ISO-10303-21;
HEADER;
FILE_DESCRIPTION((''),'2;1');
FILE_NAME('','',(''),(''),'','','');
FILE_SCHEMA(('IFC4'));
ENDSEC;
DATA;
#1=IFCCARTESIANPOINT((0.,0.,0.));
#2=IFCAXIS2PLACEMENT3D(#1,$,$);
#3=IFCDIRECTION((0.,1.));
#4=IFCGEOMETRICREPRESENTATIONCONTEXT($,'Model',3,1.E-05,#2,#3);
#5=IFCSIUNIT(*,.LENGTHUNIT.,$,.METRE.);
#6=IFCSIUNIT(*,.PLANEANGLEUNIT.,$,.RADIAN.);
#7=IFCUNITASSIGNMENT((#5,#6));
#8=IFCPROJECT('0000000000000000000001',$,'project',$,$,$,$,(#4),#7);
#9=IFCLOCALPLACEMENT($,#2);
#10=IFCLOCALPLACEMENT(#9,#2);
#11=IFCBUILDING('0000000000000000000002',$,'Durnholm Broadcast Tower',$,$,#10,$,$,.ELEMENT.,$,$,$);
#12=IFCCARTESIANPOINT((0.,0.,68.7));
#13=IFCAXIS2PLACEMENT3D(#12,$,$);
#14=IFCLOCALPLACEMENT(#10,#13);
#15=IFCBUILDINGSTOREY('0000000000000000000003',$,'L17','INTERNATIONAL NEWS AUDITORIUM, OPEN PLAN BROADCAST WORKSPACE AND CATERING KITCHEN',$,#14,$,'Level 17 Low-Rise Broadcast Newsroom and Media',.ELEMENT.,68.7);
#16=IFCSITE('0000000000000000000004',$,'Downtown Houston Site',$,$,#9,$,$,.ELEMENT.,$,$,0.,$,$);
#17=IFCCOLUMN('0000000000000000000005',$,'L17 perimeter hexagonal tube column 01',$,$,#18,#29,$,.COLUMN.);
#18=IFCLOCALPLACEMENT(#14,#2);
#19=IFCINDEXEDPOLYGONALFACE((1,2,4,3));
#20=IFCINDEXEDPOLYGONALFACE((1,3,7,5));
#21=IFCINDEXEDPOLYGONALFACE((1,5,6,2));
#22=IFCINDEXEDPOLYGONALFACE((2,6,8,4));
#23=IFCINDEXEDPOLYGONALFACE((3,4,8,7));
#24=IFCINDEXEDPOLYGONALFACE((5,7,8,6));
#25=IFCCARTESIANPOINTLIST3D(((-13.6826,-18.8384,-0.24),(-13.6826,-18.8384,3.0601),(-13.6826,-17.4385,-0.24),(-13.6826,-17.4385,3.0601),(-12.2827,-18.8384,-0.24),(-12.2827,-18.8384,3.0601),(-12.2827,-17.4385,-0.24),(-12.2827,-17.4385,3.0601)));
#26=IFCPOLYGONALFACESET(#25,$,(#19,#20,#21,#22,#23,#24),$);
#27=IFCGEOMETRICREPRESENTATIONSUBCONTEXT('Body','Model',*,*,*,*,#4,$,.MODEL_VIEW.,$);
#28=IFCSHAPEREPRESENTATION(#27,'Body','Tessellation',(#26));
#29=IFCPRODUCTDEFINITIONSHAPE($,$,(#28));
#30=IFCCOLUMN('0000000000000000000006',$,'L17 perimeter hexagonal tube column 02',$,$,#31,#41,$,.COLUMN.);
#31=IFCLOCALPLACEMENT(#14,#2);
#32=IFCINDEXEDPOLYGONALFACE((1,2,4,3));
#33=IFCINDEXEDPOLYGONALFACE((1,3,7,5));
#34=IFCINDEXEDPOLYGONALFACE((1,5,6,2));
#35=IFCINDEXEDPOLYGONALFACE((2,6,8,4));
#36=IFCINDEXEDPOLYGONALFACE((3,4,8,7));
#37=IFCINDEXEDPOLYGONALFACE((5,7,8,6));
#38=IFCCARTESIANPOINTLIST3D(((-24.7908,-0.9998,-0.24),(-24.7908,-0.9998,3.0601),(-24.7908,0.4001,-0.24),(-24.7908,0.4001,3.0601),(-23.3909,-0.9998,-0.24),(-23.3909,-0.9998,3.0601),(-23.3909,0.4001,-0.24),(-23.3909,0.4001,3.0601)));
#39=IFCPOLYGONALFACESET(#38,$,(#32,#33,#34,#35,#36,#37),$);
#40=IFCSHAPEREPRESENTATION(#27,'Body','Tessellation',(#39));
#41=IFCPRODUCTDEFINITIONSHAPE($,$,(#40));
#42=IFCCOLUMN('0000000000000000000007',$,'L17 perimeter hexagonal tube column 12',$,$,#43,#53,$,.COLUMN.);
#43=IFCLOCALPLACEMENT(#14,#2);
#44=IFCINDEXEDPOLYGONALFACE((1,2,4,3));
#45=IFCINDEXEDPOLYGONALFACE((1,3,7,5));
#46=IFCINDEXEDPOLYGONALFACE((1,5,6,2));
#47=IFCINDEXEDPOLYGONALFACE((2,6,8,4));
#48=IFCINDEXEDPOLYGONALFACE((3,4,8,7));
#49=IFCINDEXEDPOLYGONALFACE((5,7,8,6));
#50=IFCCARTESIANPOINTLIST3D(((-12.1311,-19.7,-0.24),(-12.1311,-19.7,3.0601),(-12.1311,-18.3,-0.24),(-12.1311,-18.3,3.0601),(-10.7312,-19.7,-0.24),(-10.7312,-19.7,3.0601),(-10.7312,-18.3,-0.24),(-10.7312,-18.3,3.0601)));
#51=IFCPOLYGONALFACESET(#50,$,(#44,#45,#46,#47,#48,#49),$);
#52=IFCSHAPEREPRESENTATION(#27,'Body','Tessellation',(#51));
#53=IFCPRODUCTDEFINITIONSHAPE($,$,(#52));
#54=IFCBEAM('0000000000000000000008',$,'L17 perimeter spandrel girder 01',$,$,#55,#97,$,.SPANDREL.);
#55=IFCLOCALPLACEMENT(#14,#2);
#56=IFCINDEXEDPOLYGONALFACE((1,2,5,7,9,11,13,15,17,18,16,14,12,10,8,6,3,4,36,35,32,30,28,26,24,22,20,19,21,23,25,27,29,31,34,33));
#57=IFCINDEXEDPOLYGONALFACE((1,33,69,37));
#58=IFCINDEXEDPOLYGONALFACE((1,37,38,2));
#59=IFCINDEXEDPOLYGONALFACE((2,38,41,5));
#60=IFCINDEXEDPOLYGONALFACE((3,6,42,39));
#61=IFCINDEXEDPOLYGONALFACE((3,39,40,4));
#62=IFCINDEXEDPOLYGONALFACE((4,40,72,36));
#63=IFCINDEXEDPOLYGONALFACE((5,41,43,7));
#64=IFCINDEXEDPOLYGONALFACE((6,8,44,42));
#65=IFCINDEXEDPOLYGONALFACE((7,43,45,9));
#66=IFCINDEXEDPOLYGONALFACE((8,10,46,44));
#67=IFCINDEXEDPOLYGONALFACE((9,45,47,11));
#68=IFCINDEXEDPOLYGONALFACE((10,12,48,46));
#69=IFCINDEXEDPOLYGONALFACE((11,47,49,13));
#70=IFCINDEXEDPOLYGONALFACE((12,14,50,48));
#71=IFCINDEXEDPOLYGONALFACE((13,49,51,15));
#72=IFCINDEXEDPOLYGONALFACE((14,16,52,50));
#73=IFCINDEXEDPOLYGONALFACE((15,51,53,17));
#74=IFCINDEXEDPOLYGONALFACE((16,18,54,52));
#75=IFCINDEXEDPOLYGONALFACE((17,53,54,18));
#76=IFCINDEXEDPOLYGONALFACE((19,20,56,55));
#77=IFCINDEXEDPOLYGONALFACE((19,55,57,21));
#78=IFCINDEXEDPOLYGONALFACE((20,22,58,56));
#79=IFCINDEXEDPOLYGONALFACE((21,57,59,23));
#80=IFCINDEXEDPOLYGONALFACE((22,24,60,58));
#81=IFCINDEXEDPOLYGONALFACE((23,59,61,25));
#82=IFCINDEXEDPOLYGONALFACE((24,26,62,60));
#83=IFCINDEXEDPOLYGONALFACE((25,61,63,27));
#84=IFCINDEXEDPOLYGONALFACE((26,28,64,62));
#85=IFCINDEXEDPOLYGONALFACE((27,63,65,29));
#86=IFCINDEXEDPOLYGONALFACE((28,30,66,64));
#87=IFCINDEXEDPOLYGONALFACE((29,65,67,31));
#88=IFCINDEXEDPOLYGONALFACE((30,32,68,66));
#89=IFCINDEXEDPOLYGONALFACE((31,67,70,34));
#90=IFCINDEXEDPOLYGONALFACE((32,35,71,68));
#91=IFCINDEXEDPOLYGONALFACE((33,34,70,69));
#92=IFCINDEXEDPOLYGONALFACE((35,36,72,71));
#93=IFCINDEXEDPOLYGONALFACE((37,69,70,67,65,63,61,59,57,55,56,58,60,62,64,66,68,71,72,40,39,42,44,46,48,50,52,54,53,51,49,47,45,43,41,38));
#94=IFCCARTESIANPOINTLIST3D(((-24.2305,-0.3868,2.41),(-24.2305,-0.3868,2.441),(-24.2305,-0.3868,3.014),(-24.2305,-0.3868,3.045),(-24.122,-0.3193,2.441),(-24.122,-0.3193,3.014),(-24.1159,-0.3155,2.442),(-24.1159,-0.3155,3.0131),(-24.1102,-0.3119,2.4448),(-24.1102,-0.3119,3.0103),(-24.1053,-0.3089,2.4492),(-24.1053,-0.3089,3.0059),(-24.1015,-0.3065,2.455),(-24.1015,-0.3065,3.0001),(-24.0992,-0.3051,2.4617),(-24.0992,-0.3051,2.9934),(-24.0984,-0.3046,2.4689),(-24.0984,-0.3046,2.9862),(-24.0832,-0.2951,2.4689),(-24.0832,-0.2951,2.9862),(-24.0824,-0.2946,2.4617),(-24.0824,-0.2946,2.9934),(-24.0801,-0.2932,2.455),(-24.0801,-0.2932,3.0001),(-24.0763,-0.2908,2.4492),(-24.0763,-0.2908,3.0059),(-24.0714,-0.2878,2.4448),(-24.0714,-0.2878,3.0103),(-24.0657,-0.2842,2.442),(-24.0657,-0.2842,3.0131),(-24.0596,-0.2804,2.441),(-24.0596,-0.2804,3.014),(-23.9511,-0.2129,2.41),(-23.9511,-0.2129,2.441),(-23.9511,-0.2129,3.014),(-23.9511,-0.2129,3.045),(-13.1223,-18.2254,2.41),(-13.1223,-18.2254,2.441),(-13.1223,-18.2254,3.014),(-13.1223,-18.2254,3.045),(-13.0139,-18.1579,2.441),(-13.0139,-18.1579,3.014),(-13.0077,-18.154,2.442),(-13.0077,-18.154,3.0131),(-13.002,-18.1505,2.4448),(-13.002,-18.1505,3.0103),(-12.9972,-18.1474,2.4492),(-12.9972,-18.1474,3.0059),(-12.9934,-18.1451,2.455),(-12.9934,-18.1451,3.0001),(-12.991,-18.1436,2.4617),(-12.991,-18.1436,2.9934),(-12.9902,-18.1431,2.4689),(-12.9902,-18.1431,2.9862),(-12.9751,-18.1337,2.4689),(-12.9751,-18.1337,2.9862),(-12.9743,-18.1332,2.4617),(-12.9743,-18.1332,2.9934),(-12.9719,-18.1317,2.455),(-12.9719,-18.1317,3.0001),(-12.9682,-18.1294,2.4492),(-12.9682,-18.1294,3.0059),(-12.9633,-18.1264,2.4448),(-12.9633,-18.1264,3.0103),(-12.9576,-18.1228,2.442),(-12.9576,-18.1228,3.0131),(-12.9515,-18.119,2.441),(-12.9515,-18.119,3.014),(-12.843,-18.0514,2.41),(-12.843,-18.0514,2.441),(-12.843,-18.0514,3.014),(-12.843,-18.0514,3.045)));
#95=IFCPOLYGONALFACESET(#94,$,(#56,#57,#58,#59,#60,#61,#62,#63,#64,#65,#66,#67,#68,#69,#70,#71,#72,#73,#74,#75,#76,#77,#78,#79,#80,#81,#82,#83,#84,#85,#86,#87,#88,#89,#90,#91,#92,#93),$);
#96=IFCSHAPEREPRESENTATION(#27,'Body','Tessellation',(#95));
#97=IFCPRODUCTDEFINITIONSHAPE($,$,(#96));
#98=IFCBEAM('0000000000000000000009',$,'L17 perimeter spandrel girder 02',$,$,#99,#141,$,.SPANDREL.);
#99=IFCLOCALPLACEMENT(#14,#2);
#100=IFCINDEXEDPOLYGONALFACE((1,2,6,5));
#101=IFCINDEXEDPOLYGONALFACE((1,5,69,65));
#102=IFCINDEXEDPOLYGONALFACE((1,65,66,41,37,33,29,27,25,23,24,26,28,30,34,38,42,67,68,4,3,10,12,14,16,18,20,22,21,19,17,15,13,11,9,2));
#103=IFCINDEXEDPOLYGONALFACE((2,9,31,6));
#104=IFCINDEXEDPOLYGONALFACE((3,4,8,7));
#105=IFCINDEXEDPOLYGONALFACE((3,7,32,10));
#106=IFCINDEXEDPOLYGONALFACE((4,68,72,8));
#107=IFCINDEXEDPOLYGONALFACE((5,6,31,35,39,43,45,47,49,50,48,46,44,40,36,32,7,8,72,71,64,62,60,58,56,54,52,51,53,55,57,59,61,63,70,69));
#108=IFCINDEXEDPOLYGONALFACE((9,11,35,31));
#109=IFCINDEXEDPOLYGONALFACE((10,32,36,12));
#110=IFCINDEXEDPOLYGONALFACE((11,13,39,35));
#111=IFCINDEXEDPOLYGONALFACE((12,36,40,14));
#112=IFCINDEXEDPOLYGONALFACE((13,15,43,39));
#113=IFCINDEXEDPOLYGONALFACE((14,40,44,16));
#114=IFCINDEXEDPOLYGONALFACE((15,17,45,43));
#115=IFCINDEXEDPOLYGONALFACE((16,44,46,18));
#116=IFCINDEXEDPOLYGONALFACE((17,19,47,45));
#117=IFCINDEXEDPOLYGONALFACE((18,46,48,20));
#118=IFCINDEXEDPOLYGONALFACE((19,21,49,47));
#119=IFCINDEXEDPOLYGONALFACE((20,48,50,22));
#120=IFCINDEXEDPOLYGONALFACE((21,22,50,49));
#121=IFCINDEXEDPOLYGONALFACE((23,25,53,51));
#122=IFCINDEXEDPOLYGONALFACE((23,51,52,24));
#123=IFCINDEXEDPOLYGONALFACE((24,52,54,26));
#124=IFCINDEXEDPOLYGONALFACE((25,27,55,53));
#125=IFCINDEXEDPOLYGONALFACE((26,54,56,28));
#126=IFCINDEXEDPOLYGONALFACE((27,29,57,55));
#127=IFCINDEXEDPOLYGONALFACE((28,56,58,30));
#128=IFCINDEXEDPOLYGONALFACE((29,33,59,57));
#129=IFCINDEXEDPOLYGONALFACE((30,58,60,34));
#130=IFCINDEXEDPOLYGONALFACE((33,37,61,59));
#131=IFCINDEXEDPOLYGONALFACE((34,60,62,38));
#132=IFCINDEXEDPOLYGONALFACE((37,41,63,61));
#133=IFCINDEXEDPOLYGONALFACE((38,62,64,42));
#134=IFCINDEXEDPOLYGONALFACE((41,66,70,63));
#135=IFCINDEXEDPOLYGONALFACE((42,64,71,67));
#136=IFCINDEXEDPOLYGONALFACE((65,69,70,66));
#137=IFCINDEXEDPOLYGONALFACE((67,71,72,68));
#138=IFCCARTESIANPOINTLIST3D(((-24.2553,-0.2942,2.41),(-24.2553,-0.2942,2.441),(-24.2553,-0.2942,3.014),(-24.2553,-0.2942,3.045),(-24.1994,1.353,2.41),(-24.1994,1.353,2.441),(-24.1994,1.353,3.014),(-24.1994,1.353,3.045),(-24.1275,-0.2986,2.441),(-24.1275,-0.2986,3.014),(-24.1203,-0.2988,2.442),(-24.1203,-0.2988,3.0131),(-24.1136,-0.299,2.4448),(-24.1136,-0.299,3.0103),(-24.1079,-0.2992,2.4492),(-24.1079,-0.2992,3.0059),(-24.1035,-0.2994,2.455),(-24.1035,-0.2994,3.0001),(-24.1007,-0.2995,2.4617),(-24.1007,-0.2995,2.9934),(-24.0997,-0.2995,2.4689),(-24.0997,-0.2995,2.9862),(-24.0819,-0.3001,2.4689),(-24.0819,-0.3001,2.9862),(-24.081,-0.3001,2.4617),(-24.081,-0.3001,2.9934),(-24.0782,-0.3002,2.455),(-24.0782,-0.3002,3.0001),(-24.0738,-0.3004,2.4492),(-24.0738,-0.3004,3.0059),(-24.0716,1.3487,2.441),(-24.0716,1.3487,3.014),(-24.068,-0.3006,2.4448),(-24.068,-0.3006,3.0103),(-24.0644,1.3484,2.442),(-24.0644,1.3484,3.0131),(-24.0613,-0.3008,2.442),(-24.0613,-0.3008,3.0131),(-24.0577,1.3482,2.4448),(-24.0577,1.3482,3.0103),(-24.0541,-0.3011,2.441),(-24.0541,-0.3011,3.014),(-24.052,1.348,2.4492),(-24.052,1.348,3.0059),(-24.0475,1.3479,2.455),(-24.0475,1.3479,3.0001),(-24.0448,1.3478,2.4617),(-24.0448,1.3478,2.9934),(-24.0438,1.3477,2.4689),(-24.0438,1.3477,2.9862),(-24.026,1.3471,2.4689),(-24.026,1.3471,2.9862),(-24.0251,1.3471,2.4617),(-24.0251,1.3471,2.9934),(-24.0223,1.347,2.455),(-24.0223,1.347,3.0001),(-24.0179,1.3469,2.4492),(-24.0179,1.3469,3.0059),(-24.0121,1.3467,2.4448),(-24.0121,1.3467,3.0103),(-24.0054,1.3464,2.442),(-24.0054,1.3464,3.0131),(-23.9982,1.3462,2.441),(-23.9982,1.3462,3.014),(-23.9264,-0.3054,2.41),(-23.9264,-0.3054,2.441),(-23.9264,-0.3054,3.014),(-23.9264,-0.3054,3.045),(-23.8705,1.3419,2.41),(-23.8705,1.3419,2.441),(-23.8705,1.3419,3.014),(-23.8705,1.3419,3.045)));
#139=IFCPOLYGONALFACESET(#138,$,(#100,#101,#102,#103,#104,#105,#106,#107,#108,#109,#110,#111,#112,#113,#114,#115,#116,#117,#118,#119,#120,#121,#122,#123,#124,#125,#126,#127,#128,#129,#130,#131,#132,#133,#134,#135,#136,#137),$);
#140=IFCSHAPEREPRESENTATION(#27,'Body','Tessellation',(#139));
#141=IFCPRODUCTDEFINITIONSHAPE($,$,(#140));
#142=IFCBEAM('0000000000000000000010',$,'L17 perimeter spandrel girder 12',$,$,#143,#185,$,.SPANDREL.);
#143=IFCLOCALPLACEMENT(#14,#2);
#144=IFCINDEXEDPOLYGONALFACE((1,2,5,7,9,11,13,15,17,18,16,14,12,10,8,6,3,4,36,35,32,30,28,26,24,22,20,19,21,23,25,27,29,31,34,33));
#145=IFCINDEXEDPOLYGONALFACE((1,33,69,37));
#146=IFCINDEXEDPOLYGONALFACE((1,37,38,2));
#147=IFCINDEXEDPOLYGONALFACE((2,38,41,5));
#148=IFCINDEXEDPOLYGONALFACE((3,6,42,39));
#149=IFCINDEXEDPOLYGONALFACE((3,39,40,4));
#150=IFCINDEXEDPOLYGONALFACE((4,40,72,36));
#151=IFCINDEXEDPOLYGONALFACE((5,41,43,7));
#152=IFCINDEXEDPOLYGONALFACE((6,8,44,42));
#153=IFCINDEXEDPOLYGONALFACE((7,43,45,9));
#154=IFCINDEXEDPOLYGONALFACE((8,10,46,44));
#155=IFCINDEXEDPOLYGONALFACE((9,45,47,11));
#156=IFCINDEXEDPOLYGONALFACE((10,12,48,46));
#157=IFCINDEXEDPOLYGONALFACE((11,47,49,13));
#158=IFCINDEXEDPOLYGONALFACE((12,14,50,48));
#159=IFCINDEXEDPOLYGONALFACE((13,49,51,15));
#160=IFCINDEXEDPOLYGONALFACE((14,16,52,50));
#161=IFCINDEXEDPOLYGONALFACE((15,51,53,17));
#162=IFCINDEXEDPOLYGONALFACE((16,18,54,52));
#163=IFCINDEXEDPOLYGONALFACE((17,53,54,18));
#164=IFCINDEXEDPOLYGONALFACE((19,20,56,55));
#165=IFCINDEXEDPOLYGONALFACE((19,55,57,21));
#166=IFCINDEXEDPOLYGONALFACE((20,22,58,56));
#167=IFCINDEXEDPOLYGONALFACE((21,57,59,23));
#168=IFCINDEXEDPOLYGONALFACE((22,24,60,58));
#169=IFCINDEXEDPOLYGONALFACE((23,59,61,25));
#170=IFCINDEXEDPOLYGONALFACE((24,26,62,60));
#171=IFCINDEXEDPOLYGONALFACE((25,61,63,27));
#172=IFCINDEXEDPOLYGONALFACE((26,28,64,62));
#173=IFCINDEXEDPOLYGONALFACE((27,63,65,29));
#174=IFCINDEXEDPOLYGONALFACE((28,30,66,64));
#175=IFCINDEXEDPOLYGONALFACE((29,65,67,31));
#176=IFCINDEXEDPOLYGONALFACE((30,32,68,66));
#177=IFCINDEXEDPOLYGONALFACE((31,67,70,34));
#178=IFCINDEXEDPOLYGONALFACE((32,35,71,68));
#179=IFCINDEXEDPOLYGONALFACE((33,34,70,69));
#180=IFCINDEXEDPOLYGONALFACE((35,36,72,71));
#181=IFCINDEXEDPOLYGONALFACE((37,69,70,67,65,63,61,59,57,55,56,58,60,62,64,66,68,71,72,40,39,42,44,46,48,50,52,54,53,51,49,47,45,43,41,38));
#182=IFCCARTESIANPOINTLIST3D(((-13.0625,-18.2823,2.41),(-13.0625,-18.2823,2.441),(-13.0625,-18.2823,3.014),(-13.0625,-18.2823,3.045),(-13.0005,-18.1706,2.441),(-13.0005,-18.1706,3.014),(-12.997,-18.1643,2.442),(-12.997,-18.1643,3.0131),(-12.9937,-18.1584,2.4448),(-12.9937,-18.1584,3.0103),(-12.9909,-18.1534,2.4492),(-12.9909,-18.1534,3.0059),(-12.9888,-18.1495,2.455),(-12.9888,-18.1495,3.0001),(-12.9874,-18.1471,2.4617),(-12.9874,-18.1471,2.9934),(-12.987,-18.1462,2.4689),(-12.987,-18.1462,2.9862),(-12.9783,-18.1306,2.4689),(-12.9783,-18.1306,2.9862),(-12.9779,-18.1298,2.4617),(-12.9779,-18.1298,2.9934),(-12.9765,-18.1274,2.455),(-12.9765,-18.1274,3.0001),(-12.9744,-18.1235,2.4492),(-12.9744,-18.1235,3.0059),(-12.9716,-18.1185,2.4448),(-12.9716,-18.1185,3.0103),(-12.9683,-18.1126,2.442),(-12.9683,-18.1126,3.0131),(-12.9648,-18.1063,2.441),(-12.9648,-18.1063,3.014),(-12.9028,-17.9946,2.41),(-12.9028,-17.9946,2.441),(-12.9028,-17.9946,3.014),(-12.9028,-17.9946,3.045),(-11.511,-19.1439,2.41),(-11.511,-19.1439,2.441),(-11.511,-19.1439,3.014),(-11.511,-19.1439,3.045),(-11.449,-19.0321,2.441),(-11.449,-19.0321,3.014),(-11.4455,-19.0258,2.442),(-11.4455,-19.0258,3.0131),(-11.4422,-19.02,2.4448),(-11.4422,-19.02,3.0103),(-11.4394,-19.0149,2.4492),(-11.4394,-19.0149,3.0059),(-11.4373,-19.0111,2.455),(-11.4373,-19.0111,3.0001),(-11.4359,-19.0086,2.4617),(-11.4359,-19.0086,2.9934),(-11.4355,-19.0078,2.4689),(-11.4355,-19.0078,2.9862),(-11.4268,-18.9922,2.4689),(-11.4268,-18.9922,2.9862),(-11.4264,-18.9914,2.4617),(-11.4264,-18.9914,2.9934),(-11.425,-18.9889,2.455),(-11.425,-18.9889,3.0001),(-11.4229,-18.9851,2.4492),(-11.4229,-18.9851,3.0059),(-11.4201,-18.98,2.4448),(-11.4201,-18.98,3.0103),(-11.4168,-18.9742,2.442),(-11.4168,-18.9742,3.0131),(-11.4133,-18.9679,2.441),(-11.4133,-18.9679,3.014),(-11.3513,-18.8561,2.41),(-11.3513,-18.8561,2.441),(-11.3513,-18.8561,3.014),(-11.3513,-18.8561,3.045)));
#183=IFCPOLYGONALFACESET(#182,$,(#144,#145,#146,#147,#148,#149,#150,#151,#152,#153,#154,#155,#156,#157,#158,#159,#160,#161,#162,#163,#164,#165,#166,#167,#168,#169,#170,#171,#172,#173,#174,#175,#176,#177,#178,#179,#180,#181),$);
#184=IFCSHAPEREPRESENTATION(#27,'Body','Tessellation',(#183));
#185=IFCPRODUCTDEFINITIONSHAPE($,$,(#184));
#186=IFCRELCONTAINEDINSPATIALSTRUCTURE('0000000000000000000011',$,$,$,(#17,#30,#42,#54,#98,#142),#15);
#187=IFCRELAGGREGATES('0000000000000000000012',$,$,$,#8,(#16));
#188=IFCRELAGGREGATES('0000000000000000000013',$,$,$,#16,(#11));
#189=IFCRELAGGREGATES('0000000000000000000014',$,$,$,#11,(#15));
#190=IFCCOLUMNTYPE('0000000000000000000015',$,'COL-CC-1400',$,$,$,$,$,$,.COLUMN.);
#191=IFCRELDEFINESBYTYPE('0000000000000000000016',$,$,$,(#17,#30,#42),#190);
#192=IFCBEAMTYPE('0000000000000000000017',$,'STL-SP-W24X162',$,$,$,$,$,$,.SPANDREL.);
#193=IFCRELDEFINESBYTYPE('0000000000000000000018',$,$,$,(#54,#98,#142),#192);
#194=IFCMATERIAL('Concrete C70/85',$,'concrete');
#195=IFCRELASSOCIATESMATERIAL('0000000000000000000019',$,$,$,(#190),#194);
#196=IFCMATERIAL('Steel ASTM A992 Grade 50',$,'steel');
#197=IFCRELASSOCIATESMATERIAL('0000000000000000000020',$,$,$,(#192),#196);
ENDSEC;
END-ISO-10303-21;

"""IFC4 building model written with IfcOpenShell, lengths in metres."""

from ifc_helpers import new_model, si_unit, direction, frame, origin, origin_2d, place, context, subcontext, project, spatial, rectangle, i_section, extrude, source, transform, mapped, material, material_profile, profile_set, type_object, type_shapes, element, save


model = new_model("IFC4")

# Units and contexts
model_context = context("Model", 3, precision=1e-05, world=origin(), true_north=direction((0.0, 1.0)))
body_context = subcontext(model_context, "Body", "Model", "MODEL_VIEW")
ifc_project = project(units=[si_unit("LENGTHUNIT", "METRE"), si_unit("PLANEANGLEUNIT", "RADIAN")], contexts=[model_context])

# Site, building, storey
site_placement = place(None, origin())
site = spatial("IfcSite", under=ifc_project, at=site_placement, Name="Downtown Houston Site", CompositionType="ELEMENT", RefElevation=0.0)
building_placement = place(site_placement, origin())
building = spatial("IfcBuilding", under=site, at=building_placement, Name="Durnholm Broadcast Tower", CompositionType="ELEMENT")
storey_placement = place(building_placement, frame((0.0, 0.0, 68.7)))
storey = spatial("IfcBuildingStorey", under=building, at=storey_placement, Name="L17", Description="INTERNATIONAL NEWS AUDITORIUM, OPEN PLAN BROADCAST WORKSPACE AND CATERING KITCHEN", LongName="Level 17 Low-Rise Broadcast Newsroom and Media", CompositionType="ELEMENT", Elevation=68.7)

# Columns
ifc_material_1 = material(Name="Concrete C70/85", Category="concrete")
ifc_material_profile_1 = material_profile(ifc_material_1, rectangle(XDim=1.3999, YDim=1.3999, at=origin_2d()), Name="RC1400X1400")
ifc_profile_set_1 = profile_set([ifc_material_profile_1], Name="Concrete C70/85")
column_type = type_object("IfcColumnType", Name="COL-CC-1400", PredefinedType="COLUMN", material=ifc_profile_set_1)
shared_shape_1 = source(origin(), body_context, "Body", "SweptSolid", [
    extrude(rectangle(XDim=1.3999, YDim=1.3999, at=origin_2d()), origin(), (0.0, 0.0, 1.0), 3.3),
])
type_shapes(column_type, [shared_shape_1])
for number, where, z_axis, x_axis, name in (
    (1, (-12.9827, -18.1384, -0.24), (0.0, 0.0, 1.0), (1.0, 0.0, 0.0), "L17 perimeter hexagonal tube column 01"),
    (2, (-24.0908, -0.2998, -0.24), (0.0, 0.0, 1.0), (1.0, 0.0, 0.0), "L17 perimeter hexagonal tube column 02"),
    (3, (-11.4312, -19.0, -0.24), (0.0, 0.0, 1.0), (1.0, 0.0, 0.0), "L17 perimeter hexagonal tube column 12"),
):
    element("IfcColumn", number, at=place(storey_placement, frame(where, z_axis=z_axis, x_axis=x_axis)), inside=storey, type_object=column_type, Name=name, PredefinedType="COLUMN", context=body_context, shape_type="MappedRepresentation", body=[
        mapped(shared_shape_1, transform((0.0, 0.0, 0.0), x_axis=(1.0, 0.0, 0.0), y_axis=(0.0, 1.0, 0.0), z_axis=(0.0, 0.0, 1.0), scale=1.0)),
    ])

# Beams
ifc_material_2 = material(Name="Steel ASTM A992 Grade 50", Category="steel")
ifc_material_profile_2 = material_profile(ifc_material_2, i_section(OverallWidth=0.3291, OverallDepth=0.635, WebThickness=0.0178, FlangeThickness=0.031, FilletRadius=0.0278, at=origin_2d()), Name="W24X162")
ifc_profile_set_2 = profile_set([ifc_material_profile_2], Name="Steel ASTM A992 Grade 50")
beam_type_1 = type_object("IfcBeamType", Name="STL-SP-W24X162", PredefinedType="SPANDREL", material=ifc_profile_set_2)
shared_shape_2 = source(origin(), body_context, "Body", "SweptSolid", [
    extrude(i_section(OverallWidth=0.3291, OverallDepth=0.635, WebThickness=0.0178, FlangeThickness=0.031, FilletRadius=0.0278, at=origin_2d()), origin(), (0.0, 0.0, 1.0), 21.0144),
])
beam_1_placement = place(storey_placement, frame((-12.9827, -18.1384, 2.7275), z_axis=(-0.528596, 0.848874, 0.0), x_axis=(-0.848874, -0.528596, 0.0)))
element("IfcBeam", 4, at=beam_1_placement, inside=storey, type_object=beam_type_1, Name="L17 perimeter spandrel girder 01", PredefinedType="SPANDREL", context=body_context, shape_type="MappedRepresentation", body=[
    mapped(shared_shape_2, transform((0.0, 0.0, 0.0), x_axis=(1.0, 0.0, 0.0), y_axis=(0.0, 1.0, 0.0), z_axis=(0.0, 0.0, 1.0), scale=1.0)),
])
shared_shape_3 = source(origin(), body_context, "Body", "SweptSolid", [
    extrude(i_section(OverallWidth=0.3291, OverallDepth=0.635, WebThickness=0.0178, FlangeThickness=0.031, FilletRadius=0.0278, at=origin_2d()), origin(), (0.0, 0.0, 1.0), 1.6482),
])
beam_2_placement = place(storey_placement, frame((-24.0908, -0.2998, 2.7275), z_axis=(0.033921, 0.999425, 0.0), x_axis=(-0.999425, 0.033921, 0.0)))
element("IfcBeam", 5, at=beam_2_placement, inside=storey, type_object=beam_type_1, Name="L17 perimeter spandrel girder 02", PredefinedType="SPANDREL", context=body_context, shape_type="MappedRepresentation", body=[
    mapped(shared_shape_3, transform((0.0, 0.0, 0.0), x_axis=(1.0, 0.0, 0.0), y_axis=(0.0, 1.0, 0.0), z_axis=(0.0, 0.0, 1.0), scale=1.0)),
])
shared_shape_4 = source(origin(), body_context, "Body", "SweptSolid", [
    extrude(i_section(OverallWidth=0.3291, OverallDepth=0.635, WebThickness=0.0178, FlangeThickness=0.031, FilletRadius=0.0278, at=origin_2d()), origin(), (0.0, 0.0, 1.0), 1.7747),
])
type_shapes(beam_type_1, [shared_shape_2, shared_shape_3, shared_shape_4])
beam_3_placement = place(storey_placement, frame((-11.4312, -19.0, 2.7275), z_axis=(-0.874248, 0.485479, 0.0), x_axis=(-0.485479, -0.874248, 0.0)))
element("IfcBeam", 6, at=beam_3_placement, inside=storey, type_object=beam_type_1, Name="L17 perimeter spandrel girder 12", PredefinedType="SPANDREL", context=body_context, shape_type="MappedRepresentation", body=[
    mapped(shared_shape_4, transform((0.0, 0.0, 0.0), x_axis=(1.0, 0.0, 0.0), y_axis=(0.0, 1.0, 0.0), z_axis=(0.0, 0.0, 1.0), scale=1.0)),
])

save(model, "model.ifc")
